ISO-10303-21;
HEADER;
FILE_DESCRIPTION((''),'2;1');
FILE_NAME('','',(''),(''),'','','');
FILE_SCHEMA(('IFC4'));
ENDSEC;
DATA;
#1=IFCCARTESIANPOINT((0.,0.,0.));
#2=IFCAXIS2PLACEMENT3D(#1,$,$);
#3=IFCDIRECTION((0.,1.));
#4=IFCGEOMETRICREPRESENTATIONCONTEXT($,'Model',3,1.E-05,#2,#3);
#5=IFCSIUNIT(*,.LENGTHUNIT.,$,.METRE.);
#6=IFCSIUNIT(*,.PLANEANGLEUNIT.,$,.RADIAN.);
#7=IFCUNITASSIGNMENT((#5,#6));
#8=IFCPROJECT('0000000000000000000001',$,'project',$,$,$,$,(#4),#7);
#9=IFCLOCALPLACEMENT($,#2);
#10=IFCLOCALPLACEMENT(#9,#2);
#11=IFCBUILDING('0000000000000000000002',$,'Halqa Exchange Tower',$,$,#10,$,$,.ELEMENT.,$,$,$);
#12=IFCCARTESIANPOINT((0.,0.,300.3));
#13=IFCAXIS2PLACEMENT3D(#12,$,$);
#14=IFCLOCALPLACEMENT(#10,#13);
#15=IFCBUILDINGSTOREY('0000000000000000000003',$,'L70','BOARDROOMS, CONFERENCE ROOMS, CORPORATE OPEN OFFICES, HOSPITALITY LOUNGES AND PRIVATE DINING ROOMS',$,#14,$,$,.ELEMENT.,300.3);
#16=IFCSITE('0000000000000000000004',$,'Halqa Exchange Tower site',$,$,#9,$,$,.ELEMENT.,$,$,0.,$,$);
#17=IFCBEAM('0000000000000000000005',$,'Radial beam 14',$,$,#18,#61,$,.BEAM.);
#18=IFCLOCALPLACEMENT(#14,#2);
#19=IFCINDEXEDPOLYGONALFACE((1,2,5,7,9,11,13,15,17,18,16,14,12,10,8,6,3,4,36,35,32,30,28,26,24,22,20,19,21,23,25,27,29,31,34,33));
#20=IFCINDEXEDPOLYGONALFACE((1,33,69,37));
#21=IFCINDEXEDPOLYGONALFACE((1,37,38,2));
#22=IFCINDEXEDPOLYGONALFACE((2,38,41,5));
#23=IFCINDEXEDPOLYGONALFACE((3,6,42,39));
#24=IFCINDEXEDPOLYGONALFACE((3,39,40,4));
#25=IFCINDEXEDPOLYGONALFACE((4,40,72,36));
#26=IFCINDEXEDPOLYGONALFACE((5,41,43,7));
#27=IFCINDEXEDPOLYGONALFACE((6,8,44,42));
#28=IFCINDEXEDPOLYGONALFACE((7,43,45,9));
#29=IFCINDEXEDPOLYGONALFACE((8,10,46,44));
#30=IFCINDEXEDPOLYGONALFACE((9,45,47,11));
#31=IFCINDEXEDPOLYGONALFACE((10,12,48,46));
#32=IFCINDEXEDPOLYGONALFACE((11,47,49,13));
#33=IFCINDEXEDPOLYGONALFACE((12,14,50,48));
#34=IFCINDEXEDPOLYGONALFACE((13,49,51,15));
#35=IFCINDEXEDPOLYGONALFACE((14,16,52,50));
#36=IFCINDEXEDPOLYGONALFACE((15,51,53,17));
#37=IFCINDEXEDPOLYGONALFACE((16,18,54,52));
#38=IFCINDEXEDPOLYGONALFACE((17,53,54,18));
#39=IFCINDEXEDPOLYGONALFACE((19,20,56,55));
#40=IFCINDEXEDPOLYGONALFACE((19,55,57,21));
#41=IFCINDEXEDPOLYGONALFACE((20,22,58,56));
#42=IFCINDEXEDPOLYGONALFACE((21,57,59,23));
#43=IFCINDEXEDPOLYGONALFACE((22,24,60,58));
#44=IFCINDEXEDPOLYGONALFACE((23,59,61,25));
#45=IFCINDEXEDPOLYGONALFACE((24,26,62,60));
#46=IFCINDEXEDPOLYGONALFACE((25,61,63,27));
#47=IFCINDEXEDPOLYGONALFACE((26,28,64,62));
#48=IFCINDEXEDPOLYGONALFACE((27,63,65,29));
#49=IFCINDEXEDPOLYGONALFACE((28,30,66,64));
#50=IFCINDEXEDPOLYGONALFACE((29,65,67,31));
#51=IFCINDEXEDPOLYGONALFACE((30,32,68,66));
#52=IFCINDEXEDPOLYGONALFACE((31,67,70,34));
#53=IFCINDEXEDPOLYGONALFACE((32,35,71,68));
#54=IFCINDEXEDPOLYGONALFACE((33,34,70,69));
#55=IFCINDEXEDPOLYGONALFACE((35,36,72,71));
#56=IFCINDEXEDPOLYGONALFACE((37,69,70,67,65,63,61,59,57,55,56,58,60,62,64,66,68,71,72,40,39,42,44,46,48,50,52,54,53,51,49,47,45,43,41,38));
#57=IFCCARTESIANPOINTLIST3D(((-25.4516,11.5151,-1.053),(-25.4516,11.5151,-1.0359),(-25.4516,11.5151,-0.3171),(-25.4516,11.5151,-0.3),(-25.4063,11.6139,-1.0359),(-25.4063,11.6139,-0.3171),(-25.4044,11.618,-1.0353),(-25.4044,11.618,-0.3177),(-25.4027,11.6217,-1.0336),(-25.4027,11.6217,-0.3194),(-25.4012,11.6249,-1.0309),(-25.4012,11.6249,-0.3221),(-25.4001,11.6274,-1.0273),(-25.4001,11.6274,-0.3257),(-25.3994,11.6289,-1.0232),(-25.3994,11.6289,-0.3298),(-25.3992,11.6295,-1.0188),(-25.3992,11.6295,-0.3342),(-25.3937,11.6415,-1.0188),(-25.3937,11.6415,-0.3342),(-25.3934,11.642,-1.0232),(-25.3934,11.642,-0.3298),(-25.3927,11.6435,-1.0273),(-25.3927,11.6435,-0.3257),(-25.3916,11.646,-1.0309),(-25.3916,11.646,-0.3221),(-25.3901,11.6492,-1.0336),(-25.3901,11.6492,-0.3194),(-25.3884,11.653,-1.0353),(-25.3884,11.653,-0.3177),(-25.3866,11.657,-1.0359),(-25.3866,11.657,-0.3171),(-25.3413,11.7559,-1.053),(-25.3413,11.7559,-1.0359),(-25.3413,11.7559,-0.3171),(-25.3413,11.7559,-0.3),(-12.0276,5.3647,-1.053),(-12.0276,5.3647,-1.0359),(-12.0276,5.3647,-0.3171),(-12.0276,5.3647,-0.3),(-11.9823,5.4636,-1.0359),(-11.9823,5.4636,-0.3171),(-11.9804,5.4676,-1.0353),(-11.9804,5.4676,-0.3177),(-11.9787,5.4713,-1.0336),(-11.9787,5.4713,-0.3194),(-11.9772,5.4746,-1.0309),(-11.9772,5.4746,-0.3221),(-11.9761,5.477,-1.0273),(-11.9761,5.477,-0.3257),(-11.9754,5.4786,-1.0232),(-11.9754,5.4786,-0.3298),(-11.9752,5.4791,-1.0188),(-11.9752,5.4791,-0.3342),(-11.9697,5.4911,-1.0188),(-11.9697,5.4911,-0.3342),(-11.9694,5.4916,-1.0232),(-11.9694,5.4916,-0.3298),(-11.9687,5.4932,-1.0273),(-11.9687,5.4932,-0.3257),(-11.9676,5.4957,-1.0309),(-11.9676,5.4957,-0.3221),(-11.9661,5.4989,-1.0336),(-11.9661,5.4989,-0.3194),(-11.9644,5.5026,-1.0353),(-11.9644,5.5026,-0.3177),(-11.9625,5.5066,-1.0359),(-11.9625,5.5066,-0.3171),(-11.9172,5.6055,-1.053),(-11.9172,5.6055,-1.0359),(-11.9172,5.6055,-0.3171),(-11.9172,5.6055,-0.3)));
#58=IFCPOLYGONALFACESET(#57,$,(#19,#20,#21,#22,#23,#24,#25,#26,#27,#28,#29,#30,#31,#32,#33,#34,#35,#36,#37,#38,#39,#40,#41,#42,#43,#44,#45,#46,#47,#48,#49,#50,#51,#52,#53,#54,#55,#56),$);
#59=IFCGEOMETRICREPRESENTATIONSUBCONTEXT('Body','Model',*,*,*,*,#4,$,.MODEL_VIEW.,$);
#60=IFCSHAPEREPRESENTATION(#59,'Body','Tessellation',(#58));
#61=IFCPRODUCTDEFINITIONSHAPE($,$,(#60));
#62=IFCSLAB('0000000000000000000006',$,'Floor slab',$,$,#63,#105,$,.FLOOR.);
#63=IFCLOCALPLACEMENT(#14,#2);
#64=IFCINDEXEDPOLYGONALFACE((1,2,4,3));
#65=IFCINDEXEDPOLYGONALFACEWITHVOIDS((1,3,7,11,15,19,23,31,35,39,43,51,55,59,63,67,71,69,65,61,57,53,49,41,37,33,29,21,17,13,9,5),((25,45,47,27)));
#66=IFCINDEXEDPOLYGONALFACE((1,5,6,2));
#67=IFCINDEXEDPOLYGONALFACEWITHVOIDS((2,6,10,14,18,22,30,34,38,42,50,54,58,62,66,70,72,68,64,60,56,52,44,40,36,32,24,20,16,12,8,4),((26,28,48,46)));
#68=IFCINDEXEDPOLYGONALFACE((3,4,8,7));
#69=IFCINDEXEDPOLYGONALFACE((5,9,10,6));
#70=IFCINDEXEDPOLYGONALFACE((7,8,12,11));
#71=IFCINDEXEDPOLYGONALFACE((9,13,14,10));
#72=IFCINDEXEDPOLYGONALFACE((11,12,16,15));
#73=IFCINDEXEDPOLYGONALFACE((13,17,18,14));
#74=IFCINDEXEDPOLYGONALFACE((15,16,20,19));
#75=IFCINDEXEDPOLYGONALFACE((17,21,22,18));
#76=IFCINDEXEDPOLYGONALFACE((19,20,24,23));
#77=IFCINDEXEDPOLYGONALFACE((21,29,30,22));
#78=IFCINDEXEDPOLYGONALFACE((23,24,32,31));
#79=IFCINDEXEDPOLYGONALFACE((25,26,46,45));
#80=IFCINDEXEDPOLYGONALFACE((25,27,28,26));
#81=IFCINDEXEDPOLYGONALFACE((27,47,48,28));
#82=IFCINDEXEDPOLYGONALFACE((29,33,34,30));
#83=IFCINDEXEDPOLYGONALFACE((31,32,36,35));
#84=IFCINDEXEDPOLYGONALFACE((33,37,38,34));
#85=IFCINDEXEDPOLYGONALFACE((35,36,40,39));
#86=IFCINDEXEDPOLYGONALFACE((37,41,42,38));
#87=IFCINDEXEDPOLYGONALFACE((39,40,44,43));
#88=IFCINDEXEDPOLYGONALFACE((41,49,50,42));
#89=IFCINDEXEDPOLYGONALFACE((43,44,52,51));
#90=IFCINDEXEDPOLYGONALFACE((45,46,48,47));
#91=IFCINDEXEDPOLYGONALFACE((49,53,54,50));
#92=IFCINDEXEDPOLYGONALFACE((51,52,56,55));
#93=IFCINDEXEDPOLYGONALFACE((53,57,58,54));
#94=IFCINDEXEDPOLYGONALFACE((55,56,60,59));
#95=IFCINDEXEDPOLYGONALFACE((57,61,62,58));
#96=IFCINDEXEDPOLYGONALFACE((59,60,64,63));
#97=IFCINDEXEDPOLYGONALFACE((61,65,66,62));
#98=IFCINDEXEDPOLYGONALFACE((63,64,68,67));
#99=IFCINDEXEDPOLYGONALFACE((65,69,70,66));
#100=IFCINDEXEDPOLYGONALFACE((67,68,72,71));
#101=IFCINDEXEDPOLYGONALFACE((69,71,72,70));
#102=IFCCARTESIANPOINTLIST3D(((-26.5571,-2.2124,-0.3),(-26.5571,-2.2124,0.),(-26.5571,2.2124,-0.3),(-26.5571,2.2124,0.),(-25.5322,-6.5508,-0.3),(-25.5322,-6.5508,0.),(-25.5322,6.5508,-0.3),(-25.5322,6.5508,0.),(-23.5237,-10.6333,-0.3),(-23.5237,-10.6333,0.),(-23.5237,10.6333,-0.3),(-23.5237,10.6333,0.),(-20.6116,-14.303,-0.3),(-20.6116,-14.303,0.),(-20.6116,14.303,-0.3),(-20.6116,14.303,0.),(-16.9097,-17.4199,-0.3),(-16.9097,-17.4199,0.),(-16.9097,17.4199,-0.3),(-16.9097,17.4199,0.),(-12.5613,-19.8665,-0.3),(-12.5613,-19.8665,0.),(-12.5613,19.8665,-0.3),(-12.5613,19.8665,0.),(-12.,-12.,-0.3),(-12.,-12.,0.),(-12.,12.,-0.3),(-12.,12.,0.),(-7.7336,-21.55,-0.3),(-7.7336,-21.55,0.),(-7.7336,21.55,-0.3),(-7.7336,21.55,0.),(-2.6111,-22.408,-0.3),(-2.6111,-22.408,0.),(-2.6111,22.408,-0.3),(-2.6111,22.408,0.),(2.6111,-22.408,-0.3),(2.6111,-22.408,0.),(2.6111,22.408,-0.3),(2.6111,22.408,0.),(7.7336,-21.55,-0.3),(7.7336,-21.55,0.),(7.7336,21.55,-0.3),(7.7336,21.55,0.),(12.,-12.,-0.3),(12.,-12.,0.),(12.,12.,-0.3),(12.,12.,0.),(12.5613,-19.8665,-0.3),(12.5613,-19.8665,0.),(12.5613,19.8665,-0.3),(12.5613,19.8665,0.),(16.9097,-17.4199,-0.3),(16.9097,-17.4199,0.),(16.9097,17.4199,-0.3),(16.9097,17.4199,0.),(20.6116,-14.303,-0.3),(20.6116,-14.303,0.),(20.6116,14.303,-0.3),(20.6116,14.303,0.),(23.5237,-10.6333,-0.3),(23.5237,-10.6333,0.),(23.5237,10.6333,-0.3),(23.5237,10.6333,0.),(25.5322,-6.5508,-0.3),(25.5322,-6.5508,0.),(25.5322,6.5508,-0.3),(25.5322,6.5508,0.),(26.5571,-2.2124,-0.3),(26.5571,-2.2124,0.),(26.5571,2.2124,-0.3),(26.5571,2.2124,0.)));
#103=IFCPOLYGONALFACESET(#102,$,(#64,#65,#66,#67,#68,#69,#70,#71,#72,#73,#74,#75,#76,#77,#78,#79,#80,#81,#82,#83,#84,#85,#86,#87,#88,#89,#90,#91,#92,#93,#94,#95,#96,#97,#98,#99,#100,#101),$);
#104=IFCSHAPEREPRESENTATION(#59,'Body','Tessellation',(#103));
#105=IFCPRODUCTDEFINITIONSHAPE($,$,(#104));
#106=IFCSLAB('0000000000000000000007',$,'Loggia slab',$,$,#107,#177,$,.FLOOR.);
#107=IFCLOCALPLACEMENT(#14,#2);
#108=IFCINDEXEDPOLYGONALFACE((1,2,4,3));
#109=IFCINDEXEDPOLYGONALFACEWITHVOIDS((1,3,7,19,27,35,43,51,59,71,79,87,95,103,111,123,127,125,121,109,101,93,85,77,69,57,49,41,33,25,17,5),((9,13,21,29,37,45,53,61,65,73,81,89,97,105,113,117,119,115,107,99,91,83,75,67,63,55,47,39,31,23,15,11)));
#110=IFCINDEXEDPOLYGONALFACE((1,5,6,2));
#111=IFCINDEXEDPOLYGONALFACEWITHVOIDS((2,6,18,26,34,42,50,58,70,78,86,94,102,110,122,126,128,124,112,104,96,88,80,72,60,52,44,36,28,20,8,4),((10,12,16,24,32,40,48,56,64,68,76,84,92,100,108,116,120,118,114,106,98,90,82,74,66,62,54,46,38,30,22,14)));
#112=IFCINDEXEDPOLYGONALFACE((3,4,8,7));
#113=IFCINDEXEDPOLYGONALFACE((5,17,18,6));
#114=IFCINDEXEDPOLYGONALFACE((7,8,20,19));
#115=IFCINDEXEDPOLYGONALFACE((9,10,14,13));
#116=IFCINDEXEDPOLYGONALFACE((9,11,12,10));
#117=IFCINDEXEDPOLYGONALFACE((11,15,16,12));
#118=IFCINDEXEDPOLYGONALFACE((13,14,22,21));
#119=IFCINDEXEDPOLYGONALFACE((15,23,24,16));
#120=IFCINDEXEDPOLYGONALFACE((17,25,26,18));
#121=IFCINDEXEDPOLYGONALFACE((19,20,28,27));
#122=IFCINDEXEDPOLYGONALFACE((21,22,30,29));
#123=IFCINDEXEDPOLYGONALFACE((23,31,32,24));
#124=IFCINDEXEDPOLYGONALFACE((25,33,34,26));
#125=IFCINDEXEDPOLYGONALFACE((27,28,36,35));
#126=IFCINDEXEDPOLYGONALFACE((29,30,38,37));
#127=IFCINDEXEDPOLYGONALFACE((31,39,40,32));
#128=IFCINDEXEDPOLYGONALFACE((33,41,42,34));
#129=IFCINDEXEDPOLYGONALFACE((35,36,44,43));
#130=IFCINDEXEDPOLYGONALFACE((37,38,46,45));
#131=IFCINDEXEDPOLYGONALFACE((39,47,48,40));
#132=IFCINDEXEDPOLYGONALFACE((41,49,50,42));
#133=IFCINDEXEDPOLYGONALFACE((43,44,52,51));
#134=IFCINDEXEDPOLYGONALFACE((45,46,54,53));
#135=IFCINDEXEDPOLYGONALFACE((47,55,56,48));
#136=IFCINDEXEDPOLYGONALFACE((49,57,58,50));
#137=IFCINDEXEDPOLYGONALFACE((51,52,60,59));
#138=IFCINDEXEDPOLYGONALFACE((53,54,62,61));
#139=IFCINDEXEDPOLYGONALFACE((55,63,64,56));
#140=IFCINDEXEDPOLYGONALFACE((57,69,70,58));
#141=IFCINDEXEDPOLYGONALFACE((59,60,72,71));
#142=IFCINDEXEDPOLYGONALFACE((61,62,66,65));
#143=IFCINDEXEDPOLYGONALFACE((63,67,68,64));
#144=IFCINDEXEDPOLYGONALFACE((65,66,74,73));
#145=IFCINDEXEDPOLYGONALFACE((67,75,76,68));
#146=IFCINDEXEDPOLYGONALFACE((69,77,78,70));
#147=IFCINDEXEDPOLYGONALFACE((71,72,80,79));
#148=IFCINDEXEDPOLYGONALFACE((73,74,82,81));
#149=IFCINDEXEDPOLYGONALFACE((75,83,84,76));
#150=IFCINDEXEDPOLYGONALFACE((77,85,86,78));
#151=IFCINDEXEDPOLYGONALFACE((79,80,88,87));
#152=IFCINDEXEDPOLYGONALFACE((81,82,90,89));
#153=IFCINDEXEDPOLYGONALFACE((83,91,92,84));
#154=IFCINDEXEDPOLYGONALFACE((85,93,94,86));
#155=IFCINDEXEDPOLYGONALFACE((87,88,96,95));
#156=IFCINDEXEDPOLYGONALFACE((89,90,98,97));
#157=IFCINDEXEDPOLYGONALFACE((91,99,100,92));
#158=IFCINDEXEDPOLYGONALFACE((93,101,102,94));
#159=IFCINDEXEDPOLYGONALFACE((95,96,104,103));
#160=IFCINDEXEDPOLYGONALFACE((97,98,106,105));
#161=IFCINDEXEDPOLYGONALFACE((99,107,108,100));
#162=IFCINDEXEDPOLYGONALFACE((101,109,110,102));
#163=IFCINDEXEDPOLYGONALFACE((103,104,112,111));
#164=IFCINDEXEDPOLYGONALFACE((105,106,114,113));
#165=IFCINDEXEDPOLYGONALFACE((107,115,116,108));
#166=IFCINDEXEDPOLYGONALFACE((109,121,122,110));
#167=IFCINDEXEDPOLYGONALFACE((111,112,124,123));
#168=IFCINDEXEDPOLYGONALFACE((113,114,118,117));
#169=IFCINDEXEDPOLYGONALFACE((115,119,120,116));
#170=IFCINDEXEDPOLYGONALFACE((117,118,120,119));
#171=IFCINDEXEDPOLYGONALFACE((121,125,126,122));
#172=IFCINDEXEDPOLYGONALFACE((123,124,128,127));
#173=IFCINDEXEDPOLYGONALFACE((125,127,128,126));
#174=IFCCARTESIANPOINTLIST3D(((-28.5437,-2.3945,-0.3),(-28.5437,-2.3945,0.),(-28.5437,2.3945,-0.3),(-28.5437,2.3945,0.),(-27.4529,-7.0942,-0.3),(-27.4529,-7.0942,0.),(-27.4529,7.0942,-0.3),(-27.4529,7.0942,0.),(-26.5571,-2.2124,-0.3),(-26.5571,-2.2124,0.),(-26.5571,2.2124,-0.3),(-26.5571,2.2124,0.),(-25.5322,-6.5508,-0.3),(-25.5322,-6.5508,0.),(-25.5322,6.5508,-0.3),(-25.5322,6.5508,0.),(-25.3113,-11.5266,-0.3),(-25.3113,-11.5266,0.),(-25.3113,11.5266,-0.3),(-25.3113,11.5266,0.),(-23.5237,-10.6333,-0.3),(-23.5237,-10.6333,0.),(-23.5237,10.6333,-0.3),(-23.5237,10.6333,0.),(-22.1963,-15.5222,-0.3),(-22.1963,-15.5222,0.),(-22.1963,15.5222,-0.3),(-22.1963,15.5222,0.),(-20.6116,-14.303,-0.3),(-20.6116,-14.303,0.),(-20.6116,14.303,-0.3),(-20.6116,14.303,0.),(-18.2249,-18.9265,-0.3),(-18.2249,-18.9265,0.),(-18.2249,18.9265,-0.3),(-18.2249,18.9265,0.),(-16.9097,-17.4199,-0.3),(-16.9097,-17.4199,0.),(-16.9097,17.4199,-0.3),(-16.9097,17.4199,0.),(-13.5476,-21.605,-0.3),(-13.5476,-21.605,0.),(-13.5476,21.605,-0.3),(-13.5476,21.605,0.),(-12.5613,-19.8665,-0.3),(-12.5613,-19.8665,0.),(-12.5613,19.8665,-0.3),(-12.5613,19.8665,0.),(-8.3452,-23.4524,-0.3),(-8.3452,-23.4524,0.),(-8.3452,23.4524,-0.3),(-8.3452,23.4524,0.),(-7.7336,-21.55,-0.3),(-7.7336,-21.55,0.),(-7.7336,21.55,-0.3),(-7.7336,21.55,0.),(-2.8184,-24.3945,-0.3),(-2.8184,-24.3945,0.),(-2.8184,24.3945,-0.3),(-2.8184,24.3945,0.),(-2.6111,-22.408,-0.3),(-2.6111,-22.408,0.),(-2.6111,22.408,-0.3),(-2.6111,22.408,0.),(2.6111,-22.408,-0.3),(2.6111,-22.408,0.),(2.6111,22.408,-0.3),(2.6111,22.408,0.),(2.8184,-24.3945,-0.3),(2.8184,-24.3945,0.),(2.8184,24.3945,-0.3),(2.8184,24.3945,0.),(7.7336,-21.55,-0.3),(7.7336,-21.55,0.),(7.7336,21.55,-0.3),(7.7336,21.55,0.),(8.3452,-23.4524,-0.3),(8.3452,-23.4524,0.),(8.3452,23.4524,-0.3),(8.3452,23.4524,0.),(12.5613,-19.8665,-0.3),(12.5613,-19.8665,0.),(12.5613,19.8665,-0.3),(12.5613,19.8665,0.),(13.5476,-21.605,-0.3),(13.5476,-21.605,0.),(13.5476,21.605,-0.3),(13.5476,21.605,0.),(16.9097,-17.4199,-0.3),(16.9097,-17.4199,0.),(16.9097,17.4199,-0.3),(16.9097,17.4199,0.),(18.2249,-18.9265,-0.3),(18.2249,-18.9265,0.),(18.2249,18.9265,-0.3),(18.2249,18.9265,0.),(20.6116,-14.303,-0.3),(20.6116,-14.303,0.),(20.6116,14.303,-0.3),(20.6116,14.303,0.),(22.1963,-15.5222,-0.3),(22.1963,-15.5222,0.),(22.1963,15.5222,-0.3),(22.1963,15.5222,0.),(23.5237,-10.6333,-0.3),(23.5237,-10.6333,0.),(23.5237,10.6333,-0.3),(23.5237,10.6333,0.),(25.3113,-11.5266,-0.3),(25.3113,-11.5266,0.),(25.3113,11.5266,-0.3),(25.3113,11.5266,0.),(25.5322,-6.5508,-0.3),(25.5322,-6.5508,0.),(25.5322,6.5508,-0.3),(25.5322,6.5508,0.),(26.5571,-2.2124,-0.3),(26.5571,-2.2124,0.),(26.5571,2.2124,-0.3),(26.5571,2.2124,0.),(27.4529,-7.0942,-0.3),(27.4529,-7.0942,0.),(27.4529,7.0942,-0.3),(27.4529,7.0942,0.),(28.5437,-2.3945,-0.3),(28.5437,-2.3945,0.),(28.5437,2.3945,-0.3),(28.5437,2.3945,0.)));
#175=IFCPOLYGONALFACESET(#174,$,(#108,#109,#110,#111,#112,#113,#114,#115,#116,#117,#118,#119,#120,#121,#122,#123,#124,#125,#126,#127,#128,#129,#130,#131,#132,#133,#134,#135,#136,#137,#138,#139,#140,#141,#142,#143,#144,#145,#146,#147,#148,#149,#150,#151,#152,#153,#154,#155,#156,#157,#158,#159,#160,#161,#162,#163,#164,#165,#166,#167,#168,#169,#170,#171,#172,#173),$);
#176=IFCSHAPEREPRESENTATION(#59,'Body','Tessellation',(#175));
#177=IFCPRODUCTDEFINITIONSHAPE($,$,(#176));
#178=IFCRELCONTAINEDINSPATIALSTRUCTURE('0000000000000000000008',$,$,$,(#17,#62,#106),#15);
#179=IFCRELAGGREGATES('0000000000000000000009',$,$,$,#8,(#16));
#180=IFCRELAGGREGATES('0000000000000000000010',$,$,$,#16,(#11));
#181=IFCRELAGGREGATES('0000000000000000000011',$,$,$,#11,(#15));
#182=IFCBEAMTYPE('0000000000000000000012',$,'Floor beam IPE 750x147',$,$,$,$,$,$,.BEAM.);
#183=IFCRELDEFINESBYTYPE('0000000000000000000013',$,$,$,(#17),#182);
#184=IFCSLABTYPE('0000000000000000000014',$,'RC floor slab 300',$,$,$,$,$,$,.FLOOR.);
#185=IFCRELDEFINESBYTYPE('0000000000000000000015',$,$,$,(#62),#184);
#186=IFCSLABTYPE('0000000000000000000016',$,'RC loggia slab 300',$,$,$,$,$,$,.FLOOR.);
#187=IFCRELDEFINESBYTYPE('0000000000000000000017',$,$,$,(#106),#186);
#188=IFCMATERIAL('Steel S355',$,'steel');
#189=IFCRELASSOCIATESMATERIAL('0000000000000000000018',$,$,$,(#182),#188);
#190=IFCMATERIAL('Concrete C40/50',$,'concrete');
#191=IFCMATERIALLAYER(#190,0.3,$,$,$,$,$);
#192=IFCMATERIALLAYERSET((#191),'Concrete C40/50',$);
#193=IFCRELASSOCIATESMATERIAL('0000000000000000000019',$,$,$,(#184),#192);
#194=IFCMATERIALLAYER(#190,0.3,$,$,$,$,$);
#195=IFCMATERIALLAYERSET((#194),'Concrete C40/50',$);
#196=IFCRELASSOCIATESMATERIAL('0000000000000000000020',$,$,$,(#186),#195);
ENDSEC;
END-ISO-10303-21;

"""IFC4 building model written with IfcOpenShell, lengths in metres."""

from ifc_helpers import new_model, si_unit, direction, frame, origin, origin_2d, place, context, subcontext, project, spatial, polyline, i_section, outline, extrude, material, layer, layer_set, material_profile, profile_set, type_object, element, save


model = new_model("IFC4")

# Units and contexts
model_context = context("Model", 3, precision=1e-05, world=origin(), true_north=direction((0.0, 1.0)))
body_context = subcontext(model_context, "Body", "Model", "MODEL_VIEW")
ifc_project = project(units=[si_unit("LENGTHUNIT", "METRE"), si_unit("PLANEANGLEUNIT", "RADIAN")], contexts=[model_context])

# Site, building, storey
site_placement = place(None, origin())
site = spatial("IfcSite", under=ifc_project, at=site_placement, Name="Halqa Exchange Tower site", CompositionType="ELEMENT", RefElevation=0.0)
building_placement = place(site_placement, origin())
building = spatial("IfcBuilding", under=site, at=building_placement, Name="Halqa Exchange Tower", CompositionType="ELEMENT")
storey_placement = place(building_placement, frame((0.0, 0.0, 300.3)))
storey = spatial("IfcBuildingStorey", under=building, at=storey_placement, Name="L70", Description="BOARDROOMS, CONFERENCE ROOMS, CORPORATE OPEN OFFICES, HOSPITALITY LOUNGES AND PRIVATE DINING ROOMS", CompositionType="ELEMENT", Elevation=300.3)

# Beam
ifc_material_1 = material(Name="Steel S355", Category="steel")
ifc_material_profile = material_profile(ifc_material_1, i_section(OverallWidth=0.2649, OverallDepth=0.7529, WebThickness=0.0132, FlangeThickness=0.0171, FilletRadius=0.0171, at=origin_2d()), Name="IPE 750x147")
ifc_profile_set = profile_set([ifc_material_profile], Name="Steel S355")
beam_type = type_object("IfcBeamType", Name="Floor beam IPE 750x147", PredefinedType="BEAM", material=ifc_profile_set)
beam_placement = place(storey_placement, frame((-11.9724, 5.4851, -0.6765), z_axis=(-0.909124, 0.416525, 0.0), x_axis=(-0.416525, -0.909124, 0.0)))
element("IfcBeam", 1, at=beam_placement, inside=storey, type_object=beam_type, Name="Radial beam 14", PredefinedType="BEAM", context=body_context, shape_type="SweptSolid", body=[
    extrude(i_section(OverallWidth=0.2649, OverallDepth=0.7529, WebThickness=0.0132, FlangeThickness=0.0171, FilletRadius=0.0171, at=origin_2d()), origin(), (0.0, 0.0, 1.0), 14.7659),
])

# Slabs
ifc_material_2 = material(Name="Concrete C40/50", Category="concrete")
ifc_layer_1 = layer(ifc_material_2, 0.3)
ifc_layer_set_1 = layer_set([ifc_layer_1], Name="Concrete C40/50")
slab_type_1 = type_object("IfcSlabType", Name="RC floor slab 300", PredefinedType="FLOOR", material=ifc_layer_set_1)
slab_1_placement = place(storey_placement, frame((0.0, 0.0, -0.3)))
element("IfcSlab", 2, at=slab_1_placement, inside=storey, type_object=slab_type_1, Name="Floor slab", PredefinedType="FLOOR", context=body_context, shape_type="SweptSolid", body=[
    extrude(outline(polyline([(26.5571, 2.2124), (25.5322, 6.5508), (23.5237, 10.6333), (20.6116, 14.303), (16.9097, 17.4199), (12.5613, 19.8665), (7.7336, 21.55), (2.6111, 22.408), (-2.6111, 22.408), (-7.7336, 21.55), (-12.5613, 19.8665), (-16.9097, 17.4199), (-20.6116, 14.303), (-23.5237, 10.6333), (-25.5322, 6.5508), (-26.5571, 2.2124), (-26.5571, -2.2124), (-25.5322, -6.5508), (-23.5237, -10.6333), (-20.6116, -14.303), (-16.9097, -17.4199), (-12.5613, -19.8665), (-7.7336, -21.55), (-2.6111, -22.408), (2.6111, -22.408), (7.7336, -21.55), (12.5613, -19.8665), (16.9097, -17.4199), (20.6116, -14.303), (23.5237, -10.6333), (25.5322, -6.5508), (26.5571, -2.2124), (26.5571, 2.2124)]), holes=[polyline([(-12.0, -12.0), (12.0, -12.0), (12.0, 12.0), (-12.0, 12.0), (-12.0, -12.0)])]), origin(), (0.0, 0.0, 1.0), 0.3),
])
ifc_layer_2 = layer(ifc_material_2, 0.3)
ifc_layer_set_2 = layer_set([ifc_layer_2], Name="Concrete C40/50")
slab_type_2 = type_object("IfcSlabType", Name="RC loggia slab 300", PredefinedType="FLOOR", material=ifc_layer_set_2)
slab_2_placement = place(storey_placement, frame((0.0, 0.0, -0.3)))
element("IfcSlab", 3, at=slab_2_placement, inside=storey, type_object=slab_type_2, Name="Loggia slab", PredefinedType="FLOOR", context=body_context, shape_type="SweptSolid", body=[
    extrude(outline(polyline([(28.5437, 2.3945), (28.5437, -2.3945), (27.4529, -7.0942), (25.3113, -11.5266), (22.1963, -15.5222), (18.2249, -18.9265), (13.5476, -21.605), (8.3452, -23.4524), (2.8184, -24.3945), (-2.8184, -24.3945), (-8.3452, -23.4524), (-13.5476, -21.605), (-18.2249, -18.9265), (-22.1963, -15.5222), (-25.3113, -11.5266), (-27.4529, -7.0942), (-28.5437, -2.3945), (-28.5437, 2.3945), (-27.4529, 7.0942), (-25.3113, 11.5266), (-22.1963, 15.5222), (-18.2249, 18.9265), (-13.5476, 21.605), (-8.3452, 23.4524), (-2.8184, 24.3945), (2.8184, 24.3945), (8.3452, 23.4524), (13.5476, 21.605), (18.2249, 18.9265), (22.1963, 15.5222), (25.3113, 11.5266), (27.4529, 7.0942), (28.5437, 2.3945)]), holes=[polyline([(26.5571, 2.2124), (25.5322, 6.5508), (23.5237, 10.6333), (20.6116, 14.303), (16.9097, 17.4199), (12.5613, 19.8665), (7.7336, 21.55), (2.6111, 22.408), (-2.6111, 22.408), (-7.7336, 21.55), (-12.5613, 19.8665), (-16.9097, 17.4199), (-20.6116, 14.303), (-23.5237, 10.6333), (-25.5322, 6.5508), (-26.5571, 2.2124), (-26.5571, -2.2124), (-25.5322, -6.5508), (-23.5237, -10.6333), (-20.6116, -14.303), (-16.9097, -17.4199), (-12.5613, -19.8665), (-7.7336, -21.55), (-2.6111, -22.408), (2.6111, -22.408), (7.7336, -21.55), (12.5613, -19.8665), (16.9097, -17.4199), (20.6116, -14.303), (23.5237, -10.6333), (25.5322, -6.5508), (26.5571, -2.2124), (26.5571, 2.2124)])]), origin(), (0.0, 0.0, 1.0), 0.3),
])

save(model, "model.ifc")
